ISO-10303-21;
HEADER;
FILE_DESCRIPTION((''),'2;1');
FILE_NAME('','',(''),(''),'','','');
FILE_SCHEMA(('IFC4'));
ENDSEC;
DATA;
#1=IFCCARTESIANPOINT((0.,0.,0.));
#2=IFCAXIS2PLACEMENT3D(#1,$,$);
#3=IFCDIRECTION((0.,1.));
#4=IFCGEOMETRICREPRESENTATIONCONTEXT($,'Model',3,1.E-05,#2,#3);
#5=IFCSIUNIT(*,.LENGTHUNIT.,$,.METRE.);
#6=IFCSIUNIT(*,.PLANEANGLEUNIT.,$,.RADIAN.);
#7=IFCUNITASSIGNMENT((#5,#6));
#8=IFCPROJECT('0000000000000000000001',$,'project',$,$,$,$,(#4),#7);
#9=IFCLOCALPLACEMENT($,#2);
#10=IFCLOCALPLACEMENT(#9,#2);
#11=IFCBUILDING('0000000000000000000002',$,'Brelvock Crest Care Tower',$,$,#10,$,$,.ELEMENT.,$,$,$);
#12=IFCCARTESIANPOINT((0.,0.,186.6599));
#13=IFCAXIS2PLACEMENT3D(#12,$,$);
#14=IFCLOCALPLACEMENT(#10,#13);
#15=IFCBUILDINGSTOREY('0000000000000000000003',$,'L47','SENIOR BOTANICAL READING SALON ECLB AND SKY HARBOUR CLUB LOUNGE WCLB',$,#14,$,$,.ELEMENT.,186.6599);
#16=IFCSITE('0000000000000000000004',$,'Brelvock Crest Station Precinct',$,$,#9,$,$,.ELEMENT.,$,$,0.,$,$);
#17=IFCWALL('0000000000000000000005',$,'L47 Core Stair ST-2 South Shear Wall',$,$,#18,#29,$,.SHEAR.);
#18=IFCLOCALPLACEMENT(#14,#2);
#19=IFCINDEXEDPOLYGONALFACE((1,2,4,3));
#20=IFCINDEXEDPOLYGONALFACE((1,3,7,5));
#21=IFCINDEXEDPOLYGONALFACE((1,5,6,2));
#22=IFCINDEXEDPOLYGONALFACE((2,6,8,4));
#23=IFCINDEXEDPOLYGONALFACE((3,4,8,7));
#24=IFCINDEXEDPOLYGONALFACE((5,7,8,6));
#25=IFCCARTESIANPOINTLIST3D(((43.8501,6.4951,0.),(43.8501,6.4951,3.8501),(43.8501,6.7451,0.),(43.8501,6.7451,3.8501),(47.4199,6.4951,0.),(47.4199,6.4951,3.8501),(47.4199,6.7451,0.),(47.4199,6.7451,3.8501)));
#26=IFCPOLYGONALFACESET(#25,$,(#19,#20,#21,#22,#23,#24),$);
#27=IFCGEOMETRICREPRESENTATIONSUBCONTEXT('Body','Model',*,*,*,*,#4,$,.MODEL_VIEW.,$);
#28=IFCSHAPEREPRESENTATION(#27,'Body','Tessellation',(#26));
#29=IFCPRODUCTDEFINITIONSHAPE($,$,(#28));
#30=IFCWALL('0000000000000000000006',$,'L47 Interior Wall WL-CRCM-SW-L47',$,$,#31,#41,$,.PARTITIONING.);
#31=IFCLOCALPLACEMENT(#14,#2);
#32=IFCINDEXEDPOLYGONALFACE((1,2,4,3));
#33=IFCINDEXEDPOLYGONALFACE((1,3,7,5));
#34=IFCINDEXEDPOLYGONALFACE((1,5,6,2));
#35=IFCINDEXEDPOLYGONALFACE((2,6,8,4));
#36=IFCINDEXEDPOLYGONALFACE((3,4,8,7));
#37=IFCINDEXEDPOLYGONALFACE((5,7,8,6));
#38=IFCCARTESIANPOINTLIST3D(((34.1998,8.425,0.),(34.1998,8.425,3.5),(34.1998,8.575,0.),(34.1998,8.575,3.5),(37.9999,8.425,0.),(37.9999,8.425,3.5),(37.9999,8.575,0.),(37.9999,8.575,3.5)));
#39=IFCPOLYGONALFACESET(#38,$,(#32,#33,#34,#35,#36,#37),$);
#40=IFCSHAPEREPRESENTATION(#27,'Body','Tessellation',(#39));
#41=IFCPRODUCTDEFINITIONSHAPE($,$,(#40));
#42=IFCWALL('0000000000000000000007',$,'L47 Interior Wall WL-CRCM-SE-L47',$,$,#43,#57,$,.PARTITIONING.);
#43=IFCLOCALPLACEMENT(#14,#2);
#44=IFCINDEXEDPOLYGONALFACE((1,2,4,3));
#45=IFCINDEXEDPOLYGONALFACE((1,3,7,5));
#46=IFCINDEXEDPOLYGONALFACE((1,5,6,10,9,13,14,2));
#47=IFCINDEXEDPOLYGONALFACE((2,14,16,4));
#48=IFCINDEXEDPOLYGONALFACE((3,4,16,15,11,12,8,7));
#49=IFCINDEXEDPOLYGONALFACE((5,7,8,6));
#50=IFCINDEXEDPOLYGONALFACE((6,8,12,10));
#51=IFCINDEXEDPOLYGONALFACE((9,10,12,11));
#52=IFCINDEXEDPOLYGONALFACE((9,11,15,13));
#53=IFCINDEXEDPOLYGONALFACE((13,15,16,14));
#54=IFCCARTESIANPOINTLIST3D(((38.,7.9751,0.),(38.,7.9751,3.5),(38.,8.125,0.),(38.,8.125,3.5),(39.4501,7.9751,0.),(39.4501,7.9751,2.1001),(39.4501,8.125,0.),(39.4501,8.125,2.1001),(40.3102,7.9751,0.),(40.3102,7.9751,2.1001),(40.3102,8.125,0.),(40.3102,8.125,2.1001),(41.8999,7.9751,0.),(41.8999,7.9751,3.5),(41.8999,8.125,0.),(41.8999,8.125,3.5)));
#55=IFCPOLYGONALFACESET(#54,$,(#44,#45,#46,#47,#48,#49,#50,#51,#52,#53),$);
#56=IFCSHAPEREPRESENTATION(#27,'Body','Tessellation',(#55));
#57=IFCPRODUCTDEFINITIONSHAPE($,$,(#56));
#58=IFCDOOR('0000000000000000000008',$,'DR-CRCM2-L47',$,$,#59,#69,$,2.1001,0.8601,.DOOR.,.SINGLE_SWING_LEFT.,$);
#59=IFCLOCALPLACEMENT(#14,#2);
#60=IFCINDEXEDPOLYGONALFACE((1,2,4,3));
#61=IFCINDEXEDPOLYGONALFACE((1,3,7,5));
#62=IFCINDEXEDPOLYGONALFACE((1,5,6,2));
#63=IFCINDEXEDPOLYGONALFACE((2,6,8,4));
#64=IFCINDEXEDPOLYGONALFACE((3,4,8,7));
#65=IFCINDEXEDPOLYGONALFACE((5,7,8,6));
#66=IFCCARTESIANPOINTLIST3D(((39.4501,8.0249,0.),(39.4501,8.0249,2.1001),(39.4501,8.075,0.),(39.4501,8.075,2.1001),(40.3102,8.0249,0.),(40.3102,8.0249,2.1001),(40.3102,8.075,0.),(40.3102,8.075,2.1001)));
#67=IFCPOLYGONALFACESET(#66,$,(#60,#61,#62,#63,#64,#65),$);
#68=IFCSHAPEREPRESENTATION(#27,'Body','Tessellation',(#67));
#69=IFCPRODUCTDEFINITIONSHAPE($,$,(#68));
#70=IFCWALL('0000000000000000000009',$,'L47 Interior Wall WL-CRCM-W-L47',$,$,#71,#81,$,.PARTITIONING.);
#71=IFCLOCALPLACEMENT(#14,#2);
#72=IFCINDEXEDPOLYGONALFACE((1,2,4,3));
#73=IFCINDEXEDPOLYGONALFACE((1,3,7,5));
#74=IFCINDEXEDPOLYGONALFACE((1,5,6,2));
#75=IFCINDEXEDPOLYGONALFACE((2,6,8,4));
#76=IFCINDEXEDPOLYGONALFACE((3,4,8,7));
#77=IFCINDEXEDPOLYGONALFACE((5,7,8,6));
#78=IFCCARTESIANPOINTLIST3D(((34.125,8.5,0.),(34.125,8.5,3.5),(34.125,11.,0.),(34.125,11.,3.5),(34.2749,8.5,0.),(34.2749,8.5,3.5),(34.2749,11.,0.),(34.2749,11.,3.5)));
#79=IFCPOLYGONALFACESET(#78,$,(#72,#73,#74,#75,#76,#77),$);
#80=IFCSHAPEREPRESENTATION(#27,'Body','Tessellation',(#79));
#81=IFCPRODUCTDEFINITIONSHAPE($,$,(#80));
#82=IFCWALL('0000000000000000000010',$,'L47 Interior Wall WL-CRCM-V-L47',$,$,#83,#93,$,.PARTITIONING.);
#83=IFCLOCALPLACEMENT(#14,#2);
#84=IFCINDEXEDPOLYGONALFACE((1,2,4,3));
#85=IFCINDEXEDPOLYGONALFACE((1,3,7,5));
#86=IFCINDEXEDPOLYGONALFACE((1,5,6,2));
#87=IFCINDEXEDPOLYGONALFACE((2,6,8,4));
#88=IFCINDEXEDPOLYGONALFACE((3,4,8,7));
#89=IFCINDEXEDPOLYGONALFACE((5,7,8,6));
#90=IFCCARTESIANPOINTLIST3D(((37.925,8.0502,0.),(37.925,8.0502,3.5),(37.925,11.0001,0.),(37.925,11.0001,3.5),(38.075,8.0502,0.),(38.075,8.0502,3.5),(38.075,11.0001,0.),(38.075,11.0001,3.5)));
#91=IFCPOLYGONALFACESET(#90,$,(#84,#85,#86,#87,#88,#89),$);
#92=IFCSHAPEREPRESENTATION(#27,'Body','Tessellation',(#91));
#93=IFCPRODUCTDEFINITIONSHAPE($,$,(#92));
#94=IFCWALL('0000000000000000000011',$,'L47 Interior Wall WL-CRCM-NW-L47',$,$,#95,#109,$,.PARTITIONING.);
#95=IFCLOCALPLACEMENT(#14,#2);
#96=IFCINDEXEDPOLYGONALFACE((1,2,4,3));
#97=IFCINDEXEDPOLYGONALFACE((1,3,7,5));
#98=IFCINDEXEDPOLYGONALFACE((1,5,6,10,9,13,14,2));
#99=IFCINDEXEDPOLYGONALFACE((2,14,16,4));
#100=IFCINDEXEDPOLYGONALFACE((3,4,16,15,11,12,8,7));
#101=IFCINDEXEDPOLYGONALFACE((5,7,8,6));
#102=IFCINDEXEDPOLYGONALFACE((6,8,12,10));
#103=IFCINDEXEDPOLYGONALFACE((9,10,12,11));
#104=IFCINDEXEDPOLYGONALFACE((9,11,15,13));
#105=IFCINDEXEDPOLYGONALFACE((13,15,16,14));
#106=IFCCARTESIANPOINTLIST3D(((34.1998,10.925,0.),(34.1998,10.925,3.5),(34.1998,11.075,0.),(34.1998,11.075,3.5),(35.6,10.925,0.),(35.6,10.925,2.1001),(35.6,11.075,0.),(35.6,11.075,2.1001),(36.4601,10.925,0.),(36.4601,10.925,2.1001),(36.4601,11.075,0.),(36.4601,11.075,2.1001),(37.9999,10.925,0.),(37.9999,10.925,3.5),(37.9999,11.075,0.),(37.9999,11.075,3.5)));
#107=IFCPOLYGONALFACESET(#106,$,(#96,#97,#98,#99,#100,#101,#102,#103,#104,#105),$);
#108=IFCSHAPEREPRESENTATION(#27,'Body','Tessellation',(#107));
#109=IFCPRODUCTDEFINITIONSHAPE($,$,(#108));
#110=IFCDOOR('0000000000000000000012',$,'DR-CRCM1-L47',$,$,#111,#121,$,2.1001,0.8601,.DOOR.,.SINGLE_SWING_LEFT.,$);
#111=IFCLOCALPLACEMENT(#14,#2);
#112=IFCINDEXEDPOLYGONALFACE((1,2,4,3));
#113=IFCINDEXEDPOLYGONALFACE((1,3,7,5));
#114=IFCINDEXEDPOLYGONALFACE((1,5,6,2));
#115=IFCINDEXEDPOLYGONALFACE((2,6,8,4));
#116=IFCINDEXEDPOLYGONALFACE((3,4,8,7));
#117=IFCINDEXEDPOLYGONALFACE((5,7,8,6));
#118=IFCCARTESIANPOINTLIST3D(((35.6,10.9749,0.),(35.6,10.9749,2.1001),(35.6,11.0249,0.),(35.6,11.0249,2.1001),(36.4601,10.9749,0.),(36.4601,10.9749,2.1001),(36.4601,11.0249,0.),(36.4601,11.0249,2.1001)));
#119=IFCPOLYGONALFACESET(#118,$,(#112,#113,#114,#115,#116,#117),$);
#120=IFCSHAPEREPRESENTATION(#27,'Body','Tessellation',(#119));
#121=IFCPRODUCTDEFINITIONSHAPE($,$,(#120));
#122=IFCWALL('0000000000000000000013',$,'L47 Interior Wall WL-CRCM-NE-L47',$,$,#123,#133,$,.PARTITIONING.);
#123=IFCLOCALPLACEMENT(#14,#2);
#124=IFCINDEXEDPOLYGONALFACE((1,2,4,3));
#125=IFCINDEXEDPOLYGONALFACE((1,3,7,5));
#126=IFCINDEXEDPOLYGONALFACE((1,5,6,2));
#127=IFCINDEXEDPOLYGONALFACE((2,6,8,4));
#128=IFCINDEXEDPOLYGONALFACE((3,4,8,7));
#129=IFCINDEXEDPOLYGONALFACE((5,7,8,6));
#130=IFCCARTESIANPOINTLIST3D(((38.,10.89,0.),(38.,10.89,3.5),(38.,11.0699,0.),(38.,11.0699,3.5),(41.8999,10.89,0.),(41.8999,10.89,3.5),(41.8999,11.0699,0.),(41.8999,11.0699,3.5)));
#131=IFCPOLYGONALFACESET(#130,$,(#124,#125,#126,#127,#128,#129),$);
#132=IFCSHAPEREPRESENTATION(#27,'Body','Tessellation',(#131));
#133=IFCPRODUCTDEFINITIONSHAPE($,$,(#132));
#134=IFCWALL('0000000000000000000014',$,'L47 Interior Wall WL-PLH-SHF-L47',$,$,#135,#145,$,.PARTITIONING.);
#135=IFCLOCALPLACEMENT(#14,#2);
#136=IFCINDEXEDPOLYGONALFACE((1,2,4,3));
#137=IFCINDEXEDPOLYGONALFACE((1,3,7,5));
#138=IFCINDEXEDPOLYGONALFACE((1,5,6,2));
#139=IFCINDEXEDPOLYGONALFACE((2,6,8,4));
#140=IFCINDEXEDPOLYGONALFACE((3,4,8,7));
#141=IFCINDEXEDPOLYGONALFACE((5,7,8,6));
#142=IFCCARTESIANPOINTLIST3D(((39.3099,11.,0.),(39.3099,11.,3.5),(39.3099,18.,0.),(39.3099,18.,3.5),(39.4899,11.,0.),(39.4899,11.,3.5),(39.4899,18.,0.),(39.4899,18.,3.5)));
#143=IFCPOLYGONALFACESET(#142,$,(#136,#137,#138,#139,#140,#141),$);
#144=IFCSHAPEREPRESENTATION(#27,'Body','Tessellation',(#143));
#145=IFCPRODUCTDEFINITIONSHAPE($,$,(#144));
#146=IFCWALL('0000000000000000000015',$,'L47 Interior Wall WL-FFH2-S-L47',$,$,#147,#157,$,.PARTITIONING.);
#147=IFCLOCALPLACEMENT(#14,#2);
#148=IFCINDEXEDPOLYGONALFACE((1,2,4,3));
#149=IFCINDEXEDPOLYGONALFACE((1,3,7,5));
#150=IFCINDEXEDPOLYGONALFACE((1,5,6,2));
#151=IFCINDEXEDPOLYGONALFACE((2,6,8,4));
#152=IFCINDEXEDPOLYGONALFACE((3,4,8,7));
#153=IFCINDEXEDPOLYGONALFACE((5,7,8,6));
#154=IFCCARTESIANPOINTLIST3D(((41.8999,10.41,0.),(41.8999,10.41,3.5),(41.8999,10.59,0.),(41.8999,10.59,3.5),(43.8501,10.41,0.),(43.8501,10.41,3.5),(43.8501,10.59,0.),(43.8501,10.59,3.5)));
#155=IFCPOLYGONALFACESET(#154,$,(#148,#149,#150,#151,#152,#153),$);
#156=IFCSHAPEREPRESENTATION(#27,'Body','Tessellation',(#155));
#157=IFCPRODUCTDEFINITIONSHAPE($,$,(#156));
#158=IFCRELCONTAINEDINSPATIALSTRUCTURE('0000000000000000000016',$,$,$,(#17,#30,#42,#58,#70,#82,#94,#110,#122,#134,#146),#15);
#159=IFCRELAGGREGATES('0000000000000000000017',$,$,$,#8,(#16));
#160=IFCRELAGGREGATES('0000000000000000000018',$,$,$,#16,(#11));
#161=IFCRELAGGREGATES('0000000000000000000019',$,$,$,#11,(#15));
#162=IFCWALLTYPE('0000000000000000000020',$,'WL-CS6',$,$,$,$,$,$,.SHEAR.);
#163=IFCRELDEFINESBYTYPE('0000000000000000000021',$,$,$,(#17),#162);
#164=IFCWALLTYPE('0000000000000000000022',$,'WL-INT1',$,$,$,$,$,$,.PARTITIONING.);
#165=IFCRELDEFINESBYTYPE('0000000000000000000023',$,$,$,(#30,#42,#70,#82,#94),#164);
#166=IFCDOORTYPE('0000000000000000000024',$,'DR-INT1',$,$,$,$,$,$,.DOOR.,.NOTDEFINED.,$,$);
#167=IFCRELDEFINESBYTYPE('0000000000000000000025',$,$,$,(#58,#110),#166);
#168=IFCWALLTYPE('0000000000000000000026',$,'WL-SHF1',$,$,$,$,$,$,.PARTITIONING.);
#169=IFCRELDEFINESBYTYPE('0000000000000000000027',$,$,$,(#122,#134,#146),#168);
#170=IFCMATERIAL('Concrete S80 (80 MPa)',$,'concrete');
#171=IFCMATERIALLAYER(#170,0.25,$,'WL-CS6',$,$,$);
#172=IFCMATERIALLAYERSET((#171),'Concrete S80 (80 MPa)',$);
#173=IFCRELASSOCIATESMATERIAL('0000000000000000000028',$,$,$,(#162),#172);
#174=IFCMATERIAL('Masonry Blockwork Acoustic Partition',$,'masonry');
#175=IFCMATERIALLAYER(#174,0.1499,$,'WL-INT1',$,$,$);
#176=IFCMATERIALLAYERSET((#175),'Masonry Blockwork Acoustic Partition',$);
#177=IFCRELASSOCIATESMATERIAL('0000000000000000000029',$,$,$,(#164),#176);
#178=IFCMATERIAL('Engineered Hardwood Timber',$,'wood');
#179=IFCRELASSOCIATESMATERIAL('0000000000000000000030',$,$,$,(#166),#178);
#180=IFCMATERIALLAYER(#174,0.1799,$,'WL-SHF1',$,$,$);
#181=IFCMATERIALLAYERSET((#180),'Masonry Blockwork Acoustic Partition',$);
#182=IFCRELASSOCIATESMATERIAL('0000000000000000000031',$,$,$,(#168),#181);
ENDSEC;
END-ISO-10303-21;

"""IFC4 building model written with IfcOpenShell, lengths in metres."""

from ifc_helpers import new_model, si_unit, direction, frame, frame_2d, origin, origin_2d, place, context, subcontext, project, spatial, rectangle, extrude, source, transform, mapped, material, layer, layer_set, type_object, element, fill, save


model = new_model("IFC4")

# Units and contexts
model_context = context("Model", 3, precision=1e-05, world=origin(), true_north=direction((0.0, 1.0)))
body_context = subcontext(model_context, "Body", "Model", "MODEL_VIEW")
ifc_project = project(units=[si_unit("LENGTHUNIT", "METRE"), si_unit("PLANEANGLEUNIT", "RADIAN")], contexts=[model_context])

# Site, building, storey
site_placement = place(None, origin())
site = spatial("IfcSite", under=ifc_project, at=site_placement, Name="Brelvock Crest Station Precinct", CompositionType="ELEMENT", RefElevation=0.0)
building_placement = place(site_placement, origin())
building = spatial("IfcBuilding", under=site, at=building_placement, Name="Brelvock Crest Care Tower", CompositionType="ELEMENT")
storey_placement = place(building_placement, frame((0.0, 0.0, 186.6599)))
storey = spatial("IfcBuildingStorey", under=building, at=storey_placement, Name="L47", Description="SENIOR BOTANICAL READING SALON ECLB AND SKY HARBOUR CLUB LOUNGE WCLB", CompositionType="ELEMENT", Elevation=186.6599)

# Walls
ifc_material_1 = material(Name="Concrete S80 (80 MPa)", Category="concrete")
ifc_layer_1 = layer(ifc_material_1, 0.25, Name="WL-CS6")
ifc_layer_set_1 = layer_set([ifc_layer_1], Name="Concrete S80 (80 MPa)")
wall_type_1 = type_object("IfcWallType", Name="WL-CS6", PredefinedType="SHEAR", material=ifc_layer_set_1)
wall_1_placement = place(storey_placement, frame((43.8501, 6.6201, 0.0), z_axis=(0.0, 0.0, 1.0), x_axis=(1.0, 0.0, 0.0)))
element("IfcWall", 1, at=wall_1_placement, inside=storey, type_object=wall_type_1, Name="L47 Core Stair ST-2 South Shear Wall", PredefinedType="SHEAR", context=body_context, shape_type="SweptSolid", body=[
    extrude(rectangle(XDim=3.5698, YDim=0.25, at=frame_2d((1.7849, 0.0))), origin(), (0.0, 0.0, 1.0), 3.8501),
])
ifc_material_2 = material(Name="Masonry Blockwork Acoustic Partition", Category="masonry")
ifc_layer_2 = layer(ifc_material_2, 0.1499, Name="WL-INT1")
ifc_layer_set_2 = layer_set([ifc_layer_2], Name="Masonry Blockwork Acoustic Partition")
wall_type_2 = type_object("IfcWallType", Name="WL-INT1", PredefinedType="PARTITIONING", material=ifc_layer_set_2)
wall_2_placement = place(storey_placement, frame((34.2, 8.5, 0.0), z_axis=(0.0, 0.0, 1.0), x_axis=(1.0, 0.0, 0.0)))
element("IfcWall", 2, at=wall_2_placement, inside=storey, type_object=wall_type_2, Name="L47 Interior Wall WL-CRCM-SW-L47", PredefinedType="PARTITIONING", context=body_context, shape_type="SweptSolid", body=[
    extrude(rectangle(XDim=3.8, YDim=0.1499, at=frame_2d((1.8999, 0.0))), origin(), (0.0, 0.0, 1.0), 3.5),
])

# Wall, opening, door
wall_3_placement = place(storey_placement, frame((38.0, 8.05, 0.0), z_axis=(0.0, 0.0, 1.0), x_axis=(1.0, 0.0, 0.0)))
wall_3 = element("IfcWall", 3, at=wall_3_placement, inside=storey, type_object=wall_type_2, Name="L47 Interior Wall WL-CRCM-SE-L47", PredefinedType="PARTITIONING", context=body_context, shape_type="SweptSolid", body=[
    extrude(rectangle(XDim=3.8999, YDim=0.1499, at=frame_2d((1.95, 0.0))), origin(), (0.0, 0.0, 1.0), 3.5),
])
opening_1_placement = place(wall_3_placement, frame((1.45, 0.0, 0.0)))
opening_1 = element("IfcOpeningElement", 4, at=opening_1_placement, cuts=wall_3, PredefinedType="OPENING", context=body_context, shape_type="SweptSolid", body=[
    extrude(rectangle(XDim=0.8601, YDim=2.1001, at=origin_2d()), frame((0.4302, 0.085, 1.05), z_axis=(0.0, -1.0, 0.0), x_axis=(1.0, 0.0, 0.0)), (0.0, 0.0, 1.0), 0.1699),
])
ifc_material_3 = material(Name="Engineered Hardwood Timber", Category="wood")
door_type = type_object("IfcDoorType", Name="DR-INT1", OperationType="NOTDEFINED", PredefinedType="DOOR", material=ifc_material_3)
shared_shape_1 = source(origin(), body_context, "Body", "SweptSolid", [
    extrude(rectangle(XDim=0.8601, YDim=2.1001, at=origin_2d()), frame((0.4302, 0.0249, 1.05), z_axis=(0.0, -1.0, 0.0), x_axis=(1.0, 0.0, 0.0)), (0.0, 0.0, 1.0), 0.05),
])
door_1_placement = place(opening_1_placement, origin())
door_1 = element("IfcDoor", 5, at=door_1_placement, inside=storey, type_object=door_type, Name="DR-CRCM2-L47", OperationType="SINGLE_SWING_LEFT", OverallHeight=2.1001, OverallWidth=0.8601, PredefinedType="DOOR", context=body_context, shape_type="MappedRepresentation", body=[
    mapped(shared_shape_1, transform((0.0, 0.0, 0.0), x_axis=(1.0, 0.0, 0.0), y_axis=(0.0, 1.0, 0.0), z_axis=(0.0, 0.0, 1.0), scale=1.0)),
])
fill(opening_1, door_1)

# Walls
wall_4_placement = place(storey_placement, frame((34.2, 8.5, 0.0), z_axis=(0.0, 0.0, 1.0), x_axis=(0.0, 1.0, 0.0)))
element("IfcWall", 6, at=wall_4_placement, inside=storey, type_object=wall_type_2, Name="L47 Interior Wall WL-CRCM-W-L47", PredefinedType="PARTITIONING", context=body_context, shape_type="SweptSolid", body=[
    extrude(rectangle(XDim=2.5, YDim=0.1499, at=frame_2d((1.25, 0.0))), origin(), (0.0, 0.0, 1.0), 3.5),
])
wall_5_placement = place(storey_placement, frame((38.0, 8.05, 0.0), z_axis=(0.0, 0.0, 1.0), x_axis=(0.0, 1.0, 0.0)))
element("IfcWall", 7, at=wall_5_placement, inside=storey, type_object=wall_type_2, Name="L47 Interior Wall WL-CRCM-V-L47", PredefinedType="PARTITIONING", context=body_context, shape_type="SweptSolid", body=[
    extrude(rectangle(XDim=2.95, YDim=0.1499, at=frame_2d((1.4751, 0.0))), origin(), (0.0, 0.0, 1.0), 3.5),
])

# Wall, opening, door
wall_6_placement = place(storey_placement, frame((34.2, 11.0, 0.0), z_axis=(0.0, 0.0, 1.0), x_axis=(1.0, 0.0, 0.0)))
wall_6 = element("IfcWall", 8, at=wall_6_placement, inside=storey, type_object=wall_type_2, Name="L47 Interior Wall WL-CRCM-NW-L47", PredefinedType="PARTITIONING", context=body_context, shape_type="SweptSolid", body=[
    extrude(rectangle(XDim=3.8, YDim=0.1499, at=frame_2d((1.8999, 0.0))), origin(), (0.0, 0.0, 1.0), 3.5),
])
opening_2_placement = place(wall_6_placement, frame((1.3999, 0.0, 0.0)))
opening_2 = element("IfcOpeningElement", 9, at=opening_2_placement, cuts=wall_6, PredefinedType="OPENING", context=body_context, shape_type="SweptSolid", body=[
    extrude(rectangle(XDim=0.8601, YDim=2.1001, at=origin_2d()), frame((0.4302, 0.085, 1.05), z_axis=(0.0, -1.0, 0.0), x_axis=(1.0, 0.0, 0.0)), (0.0, 0.0, 1.0), 0.1699),
])
door_2_placement = place(opening_2_placement, origin())
door_2 = element("IfcDoor", 10, at=door_2_placement, inside=storey, type_object=door_type, Name="DR-CRCM1-L47", OperationType="SINGLE_SWING_LEFT", OverallHeight=2.1001, OverallWidth=0.8601, PredefinedType="DOOR", context=body_context, shape_type="MappedRepresentation", body=[
    mapped(shared_shape_1, transform((0.0, 0.0, 0.0), x_axis=(1.0, 0.0, 0.0), y_axis=(0.0, 1.0, 0.0), z_axis=(0.0, 0.0, 1.0), scale=1.0)),
])
fill(opening_2, door_2)

# Walls
ifc_layer_3 = layer(ifc_material_2, 0.1799, Name="WL-SHF1")
ifc_layer_set_3 = layer_set([ifc_layer_3], Name="Masonry Blockwork Acoustic Partition")
wall_type_3 = type_object("IfcWallType", Name="WL-SHF1", PredefinedType="PARTITIONING", material=ifc_layer_set_3)
wall_7_placement = place(storey_placement, frame((38.0, 10.98, 0.0), z_axis=(0.0, 0.0, 1.0), x_axis=(1.0, 0.0, 0.0)))
element("IfcWall", 11, at=wall_7_placement, inside=storey, type_object=wall_type_3, Name="L47 Interior Wall WL-CRCM-NE-L47", PredefinedType="PARTITIONING", context=body_context, shape_type="SweptSolid", body=[
    extrude(rectangle(XDim=3.8999, YDim=0.1799, at=frame_2d((1.95, 0.0))), origin(), (0.0, 0.0, 1.0), 3.5),
])
wall_8_placement = place(storey_placement, frame((39.3999, 11.0, 0.0), z_axis=(0.0, 0.0, 1.0), x_axis=(0.0, 1.0, 0.0)))
element("IfcWall", 12, at=wall_8_placement, inside=storey, type_object=wall_type_3, Name="L47 Interior Wall WL-PLH-SHF-L47", PredefinedType="PARTITIONING", context=body_context, shape_type="SweptSolid", body=[
    extrude(rectangle(XDim=7.0, YDim=0.1799, at=frame_2d((3.5, 0.0))), origin(), (0.0, 0.0, 1.0), 3.5),
])
wall_9_placement = place(storey_placement, frame((41.8999, 10.5, 0.0), z_axis=(0.0, 0.0, 1.0), x_axis=(1.0, 0.0, 0.0)))
element("IfcWall", 13, at=wall_9_placement, inside=storey, type_object=wall_type_3, Name="L47 Interior Wall WL-FFH2-S-L47", PredefinedType="PARTITIONING", context=body_context, shape_type="SweptSolid", body=[
    extrude(rectangle(XDim=1.9502, YDim=0.1799, at=frame_2d((0.9751, 0.0))), origin(), (0.0, 0.0, 1.0), 3.5),
])

save(model, "model.ifc")
